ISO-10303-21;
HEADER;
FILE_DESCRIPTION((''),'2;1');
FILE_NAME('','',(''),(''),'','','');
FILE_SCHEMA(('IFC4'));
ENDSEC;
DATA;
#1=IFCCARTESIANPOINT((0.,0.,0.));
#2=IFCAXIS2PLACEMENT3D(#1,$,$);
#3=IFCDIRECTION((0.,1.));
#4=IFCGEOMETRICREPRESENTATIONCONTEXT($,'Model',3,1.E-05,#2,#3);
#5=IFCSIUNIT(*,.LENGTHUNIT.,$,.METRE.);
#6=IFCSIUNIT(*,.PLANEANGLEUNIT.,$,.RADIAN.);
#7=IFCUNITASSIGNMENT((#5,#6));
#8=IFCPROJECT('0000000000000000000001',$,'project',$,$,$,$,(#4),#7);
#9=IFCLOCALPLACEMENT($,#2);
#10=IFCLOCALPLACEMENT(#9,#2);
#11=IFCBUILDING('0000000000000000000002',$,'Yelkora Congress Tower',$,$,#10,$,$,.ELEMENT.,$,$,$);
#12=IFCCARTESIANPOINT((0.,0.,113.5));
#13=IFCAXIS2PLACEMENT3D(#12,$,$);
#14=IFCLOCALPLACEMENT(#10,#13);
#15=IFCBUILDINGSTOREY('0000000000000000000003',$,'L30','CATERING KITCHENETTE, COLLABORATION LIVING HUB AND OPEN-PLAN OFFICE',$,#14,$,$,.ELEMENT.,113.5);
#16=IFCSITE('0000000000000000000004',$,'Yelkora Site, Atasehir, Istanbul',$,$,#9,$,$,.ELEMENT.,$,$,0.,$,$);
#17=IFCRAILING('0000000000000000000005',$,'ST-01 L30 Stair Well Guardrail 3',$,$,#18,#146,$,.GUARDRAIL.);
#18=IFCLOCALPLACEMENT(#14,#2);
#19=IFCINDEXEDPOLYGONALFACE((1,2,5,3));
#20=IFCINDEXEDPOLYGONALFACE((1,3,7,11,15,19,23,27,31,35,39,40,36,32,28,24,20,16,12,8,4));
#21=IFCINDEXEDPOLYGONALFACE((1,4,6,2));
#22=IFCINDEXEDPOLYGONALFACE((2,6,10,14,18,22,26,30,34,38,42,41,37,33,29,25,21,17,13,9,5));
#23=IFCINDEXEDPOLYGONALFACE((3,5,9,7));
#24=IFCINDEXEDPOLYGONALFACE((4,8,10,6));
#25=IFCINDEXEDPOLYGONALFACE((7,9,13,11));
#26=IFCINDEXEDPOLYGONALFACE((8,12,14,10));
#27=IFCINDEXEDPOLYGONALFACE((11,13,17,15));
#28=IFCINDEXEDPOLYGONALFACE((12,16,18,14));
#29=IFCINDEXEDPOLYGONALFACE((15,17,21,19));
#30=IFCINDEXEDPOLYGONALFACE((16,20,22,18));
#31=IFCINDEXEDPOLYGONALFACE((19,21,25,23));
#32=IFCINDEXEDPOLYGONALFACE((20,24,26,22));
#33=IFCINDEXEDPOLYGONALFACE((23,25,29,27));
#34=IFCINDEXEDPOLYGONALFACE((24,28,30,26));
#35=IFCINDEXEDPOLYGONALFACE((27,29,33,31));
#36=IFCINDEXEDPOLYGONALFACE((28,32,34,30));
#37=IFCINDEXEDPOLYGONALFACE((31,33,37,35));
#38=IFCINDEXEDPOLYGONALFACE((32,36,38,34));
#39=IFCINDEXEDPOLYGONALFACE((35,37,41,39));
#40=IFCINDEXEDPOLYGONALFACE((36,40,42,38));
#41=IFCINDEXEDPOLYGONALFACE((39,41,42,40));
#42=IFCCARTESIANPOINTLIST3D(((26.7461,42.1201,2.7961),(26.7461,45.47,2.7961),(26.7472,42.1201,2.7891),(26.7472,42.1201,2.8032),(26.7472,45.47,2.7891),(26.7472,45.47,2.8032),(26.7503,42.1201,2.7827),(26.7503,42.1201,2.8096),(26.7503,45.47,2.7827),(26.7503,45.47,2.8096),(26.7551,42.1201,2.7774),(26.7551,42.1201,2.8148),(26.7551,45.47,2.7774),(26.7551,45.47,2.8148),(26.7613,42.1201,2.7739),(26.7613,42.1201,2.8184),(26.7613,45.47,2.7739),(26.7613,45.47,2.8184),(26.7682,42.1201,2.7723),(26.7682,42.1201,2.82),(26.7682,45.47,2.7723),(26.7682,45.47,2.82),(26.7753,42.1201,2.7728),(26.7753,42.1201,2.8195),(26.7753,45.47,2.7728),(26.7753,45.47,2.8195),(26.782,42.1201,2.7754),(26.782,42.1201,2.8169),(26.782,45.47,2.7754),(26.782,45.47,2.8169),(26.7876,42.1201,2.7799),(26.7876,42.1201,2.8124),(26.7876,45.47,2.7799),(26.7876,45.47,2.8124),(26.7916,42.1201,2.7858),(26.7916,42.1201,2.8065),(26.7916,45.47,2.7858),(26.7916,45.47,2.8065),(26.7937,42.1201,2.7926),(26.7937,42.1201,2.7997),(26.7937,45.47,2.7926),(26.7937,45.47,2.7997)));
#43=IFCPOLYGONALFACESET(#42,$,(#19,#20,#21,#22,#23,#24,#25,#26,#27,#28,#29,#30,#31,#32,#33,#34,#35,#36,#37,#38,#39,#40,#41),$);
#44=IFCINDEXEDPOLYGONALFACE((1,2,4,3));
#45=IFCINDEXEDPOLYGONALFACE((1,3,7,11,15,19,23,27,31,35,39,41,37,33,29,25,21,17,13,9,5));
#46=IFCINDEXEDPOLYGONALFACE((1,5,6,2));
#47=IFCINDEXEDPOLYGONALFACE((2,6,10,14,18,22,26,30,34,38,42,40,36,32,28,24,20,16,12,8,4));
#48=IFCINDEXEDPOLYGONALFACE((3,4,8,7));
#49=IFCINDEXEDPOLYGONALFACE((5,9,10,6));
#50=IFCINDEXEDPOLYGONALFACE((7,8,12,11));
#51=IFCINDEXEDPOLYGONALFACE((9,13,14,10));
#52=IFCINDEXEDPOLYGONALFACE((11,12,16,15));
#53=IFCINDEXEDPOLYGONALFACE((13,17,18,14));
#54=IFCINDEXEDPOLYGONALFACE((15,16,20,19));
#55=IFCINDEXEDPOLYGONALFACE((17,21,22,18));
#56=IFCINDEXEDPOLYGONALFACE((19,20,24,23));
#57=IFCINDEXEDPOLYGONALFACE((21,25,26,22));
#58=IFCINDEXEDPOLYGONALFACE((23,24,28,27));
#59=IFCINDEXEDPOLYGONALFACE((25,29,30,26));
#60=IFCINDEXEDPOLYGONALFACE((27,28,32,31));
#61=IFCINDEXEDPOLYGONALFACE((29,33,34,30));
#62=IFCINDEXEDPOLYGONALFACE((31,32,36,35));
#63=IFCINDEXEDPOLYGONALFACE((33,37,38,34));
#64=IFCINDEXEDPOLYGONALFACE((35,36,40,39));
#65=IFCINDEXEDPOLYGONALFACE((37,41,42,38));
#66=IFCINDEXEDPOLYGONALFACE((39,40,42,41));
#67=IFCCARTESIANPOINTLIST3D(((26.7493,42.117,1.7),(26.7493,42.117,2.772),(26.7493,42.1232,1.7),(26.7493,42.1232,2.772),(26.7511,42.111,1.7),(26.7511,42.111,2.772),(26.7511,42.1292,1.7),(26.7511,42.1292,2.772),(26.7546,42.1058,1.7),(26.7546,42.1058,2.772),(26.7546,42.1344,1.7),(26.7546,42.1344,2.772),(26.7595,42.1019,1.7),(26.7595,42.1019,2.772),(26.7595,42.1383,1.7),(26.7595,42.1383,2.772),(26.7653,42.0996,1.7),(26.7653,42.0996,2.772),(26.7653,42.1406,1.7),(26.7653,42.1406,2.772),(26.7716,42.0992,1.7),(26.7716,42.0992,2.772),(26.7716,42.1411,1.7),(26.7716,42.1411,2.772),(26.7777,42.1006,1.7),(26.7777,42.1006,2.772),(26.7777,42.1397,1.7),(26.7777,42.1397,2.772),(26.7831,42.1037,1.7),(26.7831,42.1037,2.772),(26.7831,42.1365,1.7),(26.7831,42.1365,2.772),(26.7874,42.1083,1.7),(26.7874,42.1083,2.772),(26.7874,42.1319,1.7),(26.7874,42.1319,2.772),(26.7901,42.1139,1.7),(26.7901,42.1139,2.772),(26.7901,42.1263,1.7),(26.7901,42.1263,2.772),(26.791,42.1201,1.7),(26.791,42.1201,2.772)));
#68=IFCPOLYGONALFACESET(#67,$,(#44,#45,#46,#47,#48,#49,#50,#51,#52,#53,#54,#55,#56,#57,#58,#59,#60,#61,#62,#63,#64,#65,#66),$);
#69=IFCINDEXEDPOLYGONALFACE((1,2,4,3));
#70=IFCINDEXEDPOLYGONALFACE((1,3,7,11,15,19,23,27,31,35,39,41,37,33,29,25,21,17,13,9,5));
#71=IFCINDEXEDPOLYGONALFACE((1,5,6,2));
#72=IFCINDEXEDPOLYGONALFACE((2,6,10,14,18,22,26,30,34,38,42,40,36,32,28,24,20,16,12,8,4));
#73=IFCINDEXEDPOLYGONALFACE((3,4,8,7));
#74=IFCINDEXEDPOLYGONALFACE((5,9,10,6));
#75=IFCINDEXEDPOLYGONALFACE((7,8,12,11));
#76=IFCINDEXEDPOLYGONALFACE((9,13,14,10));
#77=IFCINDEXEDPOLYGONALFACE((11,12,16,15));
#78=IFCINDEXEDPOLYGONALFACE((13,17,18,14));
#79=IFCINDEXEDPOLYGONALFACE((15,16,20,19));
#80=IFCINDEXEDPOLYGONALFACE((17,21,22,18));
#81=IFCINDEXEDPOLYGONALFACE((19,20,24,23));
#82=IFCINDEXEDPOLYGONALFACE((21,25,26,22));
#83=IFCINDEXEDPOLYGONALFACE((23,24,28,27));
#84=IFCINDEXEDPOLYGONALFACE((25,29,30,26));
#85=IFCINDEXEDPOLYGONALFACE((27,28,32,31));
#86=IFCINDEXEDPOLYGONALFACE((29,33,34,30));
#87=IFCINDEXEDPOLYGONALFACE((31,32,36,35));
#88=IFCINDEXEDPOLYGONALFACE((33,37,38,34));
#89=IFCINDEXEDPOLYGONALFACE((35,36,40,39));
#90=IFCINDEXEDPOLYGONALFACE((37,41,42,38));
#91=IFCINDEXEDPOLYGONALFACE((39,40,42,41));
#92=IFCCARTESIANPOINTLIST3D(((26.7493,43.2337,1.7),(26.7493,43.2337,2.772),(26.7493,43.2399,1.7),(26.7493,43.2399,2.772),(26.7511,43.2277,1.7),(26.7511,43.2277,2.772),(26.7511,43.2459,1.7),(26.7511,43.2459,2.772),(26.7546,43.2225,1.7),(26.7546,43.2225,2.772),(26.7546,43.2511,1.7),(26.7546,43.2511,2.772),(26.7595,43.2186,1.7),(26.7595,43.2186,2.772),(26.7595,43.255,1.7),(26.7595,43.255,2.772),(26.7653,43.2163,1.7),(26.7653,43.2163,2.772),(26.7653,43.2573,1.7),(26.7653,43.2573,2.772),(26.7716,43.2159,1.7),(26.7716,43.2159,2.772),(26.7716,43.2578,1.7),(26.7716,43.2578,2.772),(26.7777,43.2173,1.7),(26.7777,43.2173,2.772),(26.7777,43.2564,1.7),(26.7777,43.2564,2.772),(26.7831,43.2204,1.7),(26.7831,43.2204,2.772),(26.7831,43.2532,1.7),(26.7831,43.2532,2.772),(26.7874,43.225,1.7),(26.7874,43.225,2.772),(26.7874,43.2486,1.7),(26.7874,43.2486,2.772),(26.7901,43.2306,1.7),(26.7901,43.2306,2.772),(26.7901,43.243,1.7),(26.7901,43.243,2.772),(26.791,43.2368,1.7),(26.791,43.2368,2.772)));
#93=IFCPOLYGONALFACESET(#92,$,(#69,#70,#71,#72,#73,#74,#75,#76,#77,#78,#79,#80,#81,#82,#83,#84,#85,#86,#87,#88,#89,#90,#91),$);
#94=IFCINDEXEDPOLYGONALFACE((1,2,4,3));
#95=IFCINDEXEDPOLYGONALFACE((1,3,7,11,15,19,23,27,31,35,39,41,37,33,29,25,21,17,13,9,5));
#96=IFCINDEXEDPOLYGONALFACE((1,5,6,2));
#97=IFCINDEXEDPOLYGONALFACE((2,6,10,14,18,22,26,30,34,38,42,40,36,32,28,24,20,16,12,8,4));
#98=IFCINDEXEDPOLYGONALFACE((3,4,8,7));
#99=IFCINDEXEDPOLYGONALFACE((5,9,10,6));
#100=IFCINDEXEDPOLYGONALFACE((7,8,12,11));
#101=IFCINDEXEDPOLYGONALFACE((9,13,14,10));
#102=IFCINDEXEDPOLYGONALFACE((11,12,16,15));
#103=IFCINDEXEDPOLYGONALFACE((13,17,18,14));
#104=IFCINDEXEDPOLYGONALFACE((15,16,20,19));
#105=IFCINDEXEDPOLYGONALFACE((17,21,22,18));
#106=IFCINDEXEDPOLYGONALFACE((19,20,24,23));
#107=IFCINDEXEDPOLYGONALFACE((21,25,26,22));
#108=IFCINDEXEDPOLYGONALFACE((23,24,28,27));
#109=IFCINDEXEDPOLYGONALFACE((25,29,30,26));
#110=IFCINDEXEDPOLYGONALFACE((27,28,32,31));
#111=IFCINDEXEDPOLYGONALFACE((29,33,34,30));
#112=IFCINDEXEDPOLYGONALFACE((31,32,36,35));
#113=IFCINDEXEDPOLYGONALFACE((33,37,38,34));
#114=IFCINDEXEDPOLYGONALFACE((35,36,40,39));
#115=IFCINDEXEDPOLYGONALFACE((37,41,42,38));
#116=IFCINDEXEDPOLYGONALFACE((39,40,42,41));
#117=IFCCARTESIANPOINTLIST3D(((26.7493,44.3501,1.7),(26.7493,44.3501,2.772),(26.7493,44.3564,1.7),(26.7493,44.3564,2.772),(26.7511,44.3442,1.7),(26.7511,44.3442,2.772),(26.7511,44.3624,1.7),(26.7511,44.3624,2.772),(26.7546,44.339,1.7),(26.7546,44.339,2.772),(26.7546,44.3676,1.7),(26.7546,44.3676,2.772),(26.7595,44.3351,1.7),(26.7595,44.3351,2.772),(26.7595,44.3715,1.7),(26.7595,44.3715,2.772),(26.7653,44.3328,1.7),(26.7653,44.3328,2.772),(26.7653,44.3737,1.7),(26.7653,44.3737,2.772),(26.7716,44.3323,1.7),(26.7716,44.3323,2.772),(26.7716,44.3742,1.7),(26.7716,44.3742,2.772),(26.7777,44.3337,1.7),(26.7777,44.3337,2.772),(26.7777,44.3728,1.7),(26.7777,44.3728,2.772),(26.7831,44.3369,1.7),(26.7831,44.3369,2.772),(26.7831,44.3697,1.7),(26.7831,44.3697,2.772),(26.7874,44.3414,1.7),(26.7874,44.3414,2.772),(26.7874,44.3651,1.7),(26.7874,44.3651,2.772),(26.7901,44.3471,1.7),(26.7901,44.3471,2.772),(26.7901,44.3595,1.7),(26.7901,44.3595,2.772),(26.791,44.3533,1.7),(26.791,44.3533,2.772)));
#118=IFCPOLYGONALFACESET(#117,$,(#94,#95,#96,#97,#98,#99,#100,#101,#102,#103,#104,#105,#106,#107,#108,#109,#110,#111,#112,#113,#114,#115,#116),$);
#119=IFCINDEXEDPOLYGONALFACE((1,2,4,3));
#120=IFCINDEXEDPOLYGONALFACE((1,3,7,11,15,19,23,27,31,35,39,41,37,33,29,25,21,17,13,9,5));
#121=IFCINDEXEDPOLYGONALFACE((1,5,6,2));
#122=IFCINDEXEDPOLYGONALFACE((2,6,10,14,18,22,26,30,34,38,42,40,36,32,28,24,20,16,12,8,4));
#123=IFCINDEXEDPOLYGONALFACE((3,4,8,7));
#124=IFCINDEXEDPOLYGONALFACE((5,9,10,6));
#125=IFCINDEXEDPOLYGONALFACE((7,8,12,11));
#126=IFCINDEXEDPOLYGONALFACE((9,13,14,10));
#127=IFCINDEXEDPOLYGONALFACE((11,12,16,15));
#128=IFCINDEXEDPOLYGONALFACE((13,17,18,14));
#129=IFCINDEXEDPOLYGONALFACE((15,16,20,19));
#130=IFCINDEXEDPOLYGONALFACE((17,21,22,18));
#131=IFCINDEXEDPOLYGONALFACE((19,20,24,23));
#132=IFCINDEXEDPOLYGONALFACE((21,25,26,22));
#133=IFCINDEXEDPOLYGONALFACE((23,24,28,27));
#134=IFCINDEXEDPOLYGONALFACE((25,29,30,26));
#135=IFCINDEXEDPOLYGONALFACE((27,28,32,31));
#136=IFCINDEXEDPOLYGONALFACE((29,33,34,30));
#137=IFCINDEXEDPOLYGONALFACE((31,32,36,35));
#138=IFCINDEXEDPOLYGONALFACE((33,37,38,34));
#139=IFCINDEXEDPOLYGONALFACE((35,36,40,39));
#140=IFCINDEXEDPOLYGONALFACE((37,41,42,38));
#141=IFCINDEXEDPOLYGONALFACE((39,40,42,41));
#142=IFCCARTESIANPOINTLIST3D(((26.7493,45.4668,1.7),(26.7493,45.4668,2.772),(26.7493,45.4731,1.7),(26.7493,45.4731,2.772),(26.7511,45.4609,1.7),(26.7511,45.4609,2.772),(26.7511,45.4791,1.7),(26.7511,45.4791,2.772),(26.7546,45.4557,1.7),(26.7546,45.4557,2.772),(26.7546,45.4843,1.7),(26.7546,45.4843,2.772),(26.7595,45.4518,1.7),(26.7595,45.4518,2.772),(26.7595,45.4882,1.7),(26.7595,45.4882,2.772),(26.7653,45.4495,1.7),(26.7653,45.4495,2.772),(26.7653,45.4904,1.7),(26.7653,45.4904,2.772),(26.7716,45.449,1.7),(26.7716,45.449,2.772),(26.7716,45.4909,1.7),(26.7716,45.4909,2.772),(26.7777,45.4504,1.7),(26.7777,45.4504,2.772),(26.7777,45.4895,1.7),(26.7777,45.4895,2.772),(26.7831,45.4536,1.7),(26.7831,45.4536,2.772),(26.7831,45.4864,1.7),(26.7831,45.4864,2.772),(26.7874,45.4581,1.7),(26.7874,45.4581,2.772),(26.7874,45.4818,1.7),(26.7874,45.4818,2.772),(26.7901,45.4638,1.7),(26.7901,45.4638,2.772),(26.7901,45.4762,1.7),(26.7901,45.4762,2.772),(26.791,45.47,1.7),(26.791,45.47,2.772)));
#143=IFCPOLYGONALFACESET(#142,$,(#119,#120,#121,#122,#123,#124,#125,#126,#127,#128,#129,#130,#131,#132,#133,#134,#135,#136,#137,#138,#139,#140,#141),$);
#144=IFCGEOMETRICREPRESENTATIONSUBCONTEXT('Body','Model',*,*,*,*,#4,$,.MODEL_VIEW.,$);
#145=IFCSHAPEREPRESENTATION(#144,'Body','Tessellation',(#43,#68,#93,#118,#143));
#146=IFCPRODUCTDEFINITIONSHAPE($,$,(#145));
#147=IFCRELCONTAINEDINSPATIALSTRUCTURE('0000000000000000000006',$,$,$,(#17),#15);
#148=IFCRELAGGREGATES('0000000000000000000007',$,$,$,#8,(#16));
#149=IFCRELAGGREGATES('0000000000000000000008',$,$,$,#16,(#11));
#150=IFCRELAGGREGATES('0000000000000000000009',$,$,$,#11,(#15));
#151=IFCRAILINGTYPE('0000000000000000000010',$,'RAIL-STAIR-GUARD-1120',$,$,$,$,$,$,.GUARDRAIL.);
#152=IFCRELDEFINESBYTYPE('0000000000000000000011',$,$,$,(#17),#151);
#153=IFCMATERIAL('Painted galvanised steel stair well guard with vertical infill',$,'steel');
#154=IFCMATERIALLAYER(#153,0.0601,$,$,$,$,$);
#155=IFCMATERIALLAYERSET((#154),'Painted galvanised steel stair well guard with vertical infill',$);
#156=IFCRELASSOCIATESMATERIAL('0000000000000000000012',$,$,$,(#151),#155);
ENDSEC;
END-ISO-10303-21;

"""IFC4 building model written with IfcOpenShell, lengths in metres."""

from ifc_helpers import new_model, si_unit, direction, frame, origin, origin_2d, place, context, subcontext, project, spatial, circle, extrude, material, layer, layer_set, type_object, element, save


model = new_model("IFC4")

# Units and contexts
model_context = context("Model", 3, precision=1e-05, world=origin(), true_north=direction((0.0, 1.0)))
body_context = subcontext(model_context, "Body", "Model", "MODEL_VIEW")
ifc_project = project(units=[si_unit("LENGTHUNIT", "METRE"), si_unit("PLANEANGLEUNIT", "RADIAN")], contexts=[model_context])

# Site, building, storey
site_placement = place(None, origin())
site = spatial("IfcSite", under=ifc_project, at=site_placement, Name="Yelkora Site, Atasehir, Istanbul", CompositionType="ELEMENT", RefElevation=0.0)
building_placement = place(site_placement, origin())
building = spatial("IfcBuilding", under=site, at=building_placement, Name="Yelkora Congress Tower", CompositionType="ELEMENT")
storey_placement = place(building_placement, frame((0.0, 0.0, 113.5)))
storey = spatial("IfcBuildingStorey", under=building, at=storey_placement, Name="L30", Description="CATERING KITCHENETTE, COLLABORATION LIVING HUB AND OPEN-PLAN OFFICE", CompositionType="ELEMENT", Elevation=113.5)

# Railing
ifc_material_1 = material(Name="Painted galvanised steel stair well guard with vertical infill", Category="steel")
ifc_layer_1 = layer(ifc_material_1, 0.0601)
ifc_layer_set_1 = layer_set([ifc_layer_1], Name="Painted galvanised steel stair well guard with vertical infill")
railing_type_1 = type_object("IfcRailingType", Name="RAIL-STAIR-GUARD-1120", PredefinedType="GUARDRAIL", material=ifc_layer_set_1)
railing_1_placement = place(storey_placement, frame((26.77, 42.1201, 1.7)))
element("IfcRailing", 1, at=railing_1_placement, inside=storey, type_object=railing_type_1, Name="ST-01 L30 Stair Well Guardrail 3", PredefinedType="GUARDRAIL", context=body_context, shape_type="SweptSolid", body=[
    extrude(circle(Radius=0.0239, at=origin_2d()), frame((0.0, 0.0, 1.0962), z_axis=(0.0, 1.0, 0.0), x_axis=(-1.0, 0.0, 0.0)), (0.0, 0.0, 1.0), 3.3499),
    extrude(circle(Radius=0.021, at=origin_2d()), origin(), (0.0, 0.0, 1.0), 1.072),
    extrude(circle(Radius=0.021, at=origin_2d()), frame((0.0, 1.1167, 0.0)), (0.0, 0.0, 1.0), 1.072),
    extrude(circle(Radius=0.021, at=origin_2d()), frame((0.0, 2.2332, 0.0)), (0.0, 0.0, 1.0), 1.072),
    extrude(circle(Radius=0.021, at=origin_2d()), frame((0.0, 3.3499, 0.0)), (0.0, 0.0, 1.0), 1.072),
])

save(model, "model.ifc")
